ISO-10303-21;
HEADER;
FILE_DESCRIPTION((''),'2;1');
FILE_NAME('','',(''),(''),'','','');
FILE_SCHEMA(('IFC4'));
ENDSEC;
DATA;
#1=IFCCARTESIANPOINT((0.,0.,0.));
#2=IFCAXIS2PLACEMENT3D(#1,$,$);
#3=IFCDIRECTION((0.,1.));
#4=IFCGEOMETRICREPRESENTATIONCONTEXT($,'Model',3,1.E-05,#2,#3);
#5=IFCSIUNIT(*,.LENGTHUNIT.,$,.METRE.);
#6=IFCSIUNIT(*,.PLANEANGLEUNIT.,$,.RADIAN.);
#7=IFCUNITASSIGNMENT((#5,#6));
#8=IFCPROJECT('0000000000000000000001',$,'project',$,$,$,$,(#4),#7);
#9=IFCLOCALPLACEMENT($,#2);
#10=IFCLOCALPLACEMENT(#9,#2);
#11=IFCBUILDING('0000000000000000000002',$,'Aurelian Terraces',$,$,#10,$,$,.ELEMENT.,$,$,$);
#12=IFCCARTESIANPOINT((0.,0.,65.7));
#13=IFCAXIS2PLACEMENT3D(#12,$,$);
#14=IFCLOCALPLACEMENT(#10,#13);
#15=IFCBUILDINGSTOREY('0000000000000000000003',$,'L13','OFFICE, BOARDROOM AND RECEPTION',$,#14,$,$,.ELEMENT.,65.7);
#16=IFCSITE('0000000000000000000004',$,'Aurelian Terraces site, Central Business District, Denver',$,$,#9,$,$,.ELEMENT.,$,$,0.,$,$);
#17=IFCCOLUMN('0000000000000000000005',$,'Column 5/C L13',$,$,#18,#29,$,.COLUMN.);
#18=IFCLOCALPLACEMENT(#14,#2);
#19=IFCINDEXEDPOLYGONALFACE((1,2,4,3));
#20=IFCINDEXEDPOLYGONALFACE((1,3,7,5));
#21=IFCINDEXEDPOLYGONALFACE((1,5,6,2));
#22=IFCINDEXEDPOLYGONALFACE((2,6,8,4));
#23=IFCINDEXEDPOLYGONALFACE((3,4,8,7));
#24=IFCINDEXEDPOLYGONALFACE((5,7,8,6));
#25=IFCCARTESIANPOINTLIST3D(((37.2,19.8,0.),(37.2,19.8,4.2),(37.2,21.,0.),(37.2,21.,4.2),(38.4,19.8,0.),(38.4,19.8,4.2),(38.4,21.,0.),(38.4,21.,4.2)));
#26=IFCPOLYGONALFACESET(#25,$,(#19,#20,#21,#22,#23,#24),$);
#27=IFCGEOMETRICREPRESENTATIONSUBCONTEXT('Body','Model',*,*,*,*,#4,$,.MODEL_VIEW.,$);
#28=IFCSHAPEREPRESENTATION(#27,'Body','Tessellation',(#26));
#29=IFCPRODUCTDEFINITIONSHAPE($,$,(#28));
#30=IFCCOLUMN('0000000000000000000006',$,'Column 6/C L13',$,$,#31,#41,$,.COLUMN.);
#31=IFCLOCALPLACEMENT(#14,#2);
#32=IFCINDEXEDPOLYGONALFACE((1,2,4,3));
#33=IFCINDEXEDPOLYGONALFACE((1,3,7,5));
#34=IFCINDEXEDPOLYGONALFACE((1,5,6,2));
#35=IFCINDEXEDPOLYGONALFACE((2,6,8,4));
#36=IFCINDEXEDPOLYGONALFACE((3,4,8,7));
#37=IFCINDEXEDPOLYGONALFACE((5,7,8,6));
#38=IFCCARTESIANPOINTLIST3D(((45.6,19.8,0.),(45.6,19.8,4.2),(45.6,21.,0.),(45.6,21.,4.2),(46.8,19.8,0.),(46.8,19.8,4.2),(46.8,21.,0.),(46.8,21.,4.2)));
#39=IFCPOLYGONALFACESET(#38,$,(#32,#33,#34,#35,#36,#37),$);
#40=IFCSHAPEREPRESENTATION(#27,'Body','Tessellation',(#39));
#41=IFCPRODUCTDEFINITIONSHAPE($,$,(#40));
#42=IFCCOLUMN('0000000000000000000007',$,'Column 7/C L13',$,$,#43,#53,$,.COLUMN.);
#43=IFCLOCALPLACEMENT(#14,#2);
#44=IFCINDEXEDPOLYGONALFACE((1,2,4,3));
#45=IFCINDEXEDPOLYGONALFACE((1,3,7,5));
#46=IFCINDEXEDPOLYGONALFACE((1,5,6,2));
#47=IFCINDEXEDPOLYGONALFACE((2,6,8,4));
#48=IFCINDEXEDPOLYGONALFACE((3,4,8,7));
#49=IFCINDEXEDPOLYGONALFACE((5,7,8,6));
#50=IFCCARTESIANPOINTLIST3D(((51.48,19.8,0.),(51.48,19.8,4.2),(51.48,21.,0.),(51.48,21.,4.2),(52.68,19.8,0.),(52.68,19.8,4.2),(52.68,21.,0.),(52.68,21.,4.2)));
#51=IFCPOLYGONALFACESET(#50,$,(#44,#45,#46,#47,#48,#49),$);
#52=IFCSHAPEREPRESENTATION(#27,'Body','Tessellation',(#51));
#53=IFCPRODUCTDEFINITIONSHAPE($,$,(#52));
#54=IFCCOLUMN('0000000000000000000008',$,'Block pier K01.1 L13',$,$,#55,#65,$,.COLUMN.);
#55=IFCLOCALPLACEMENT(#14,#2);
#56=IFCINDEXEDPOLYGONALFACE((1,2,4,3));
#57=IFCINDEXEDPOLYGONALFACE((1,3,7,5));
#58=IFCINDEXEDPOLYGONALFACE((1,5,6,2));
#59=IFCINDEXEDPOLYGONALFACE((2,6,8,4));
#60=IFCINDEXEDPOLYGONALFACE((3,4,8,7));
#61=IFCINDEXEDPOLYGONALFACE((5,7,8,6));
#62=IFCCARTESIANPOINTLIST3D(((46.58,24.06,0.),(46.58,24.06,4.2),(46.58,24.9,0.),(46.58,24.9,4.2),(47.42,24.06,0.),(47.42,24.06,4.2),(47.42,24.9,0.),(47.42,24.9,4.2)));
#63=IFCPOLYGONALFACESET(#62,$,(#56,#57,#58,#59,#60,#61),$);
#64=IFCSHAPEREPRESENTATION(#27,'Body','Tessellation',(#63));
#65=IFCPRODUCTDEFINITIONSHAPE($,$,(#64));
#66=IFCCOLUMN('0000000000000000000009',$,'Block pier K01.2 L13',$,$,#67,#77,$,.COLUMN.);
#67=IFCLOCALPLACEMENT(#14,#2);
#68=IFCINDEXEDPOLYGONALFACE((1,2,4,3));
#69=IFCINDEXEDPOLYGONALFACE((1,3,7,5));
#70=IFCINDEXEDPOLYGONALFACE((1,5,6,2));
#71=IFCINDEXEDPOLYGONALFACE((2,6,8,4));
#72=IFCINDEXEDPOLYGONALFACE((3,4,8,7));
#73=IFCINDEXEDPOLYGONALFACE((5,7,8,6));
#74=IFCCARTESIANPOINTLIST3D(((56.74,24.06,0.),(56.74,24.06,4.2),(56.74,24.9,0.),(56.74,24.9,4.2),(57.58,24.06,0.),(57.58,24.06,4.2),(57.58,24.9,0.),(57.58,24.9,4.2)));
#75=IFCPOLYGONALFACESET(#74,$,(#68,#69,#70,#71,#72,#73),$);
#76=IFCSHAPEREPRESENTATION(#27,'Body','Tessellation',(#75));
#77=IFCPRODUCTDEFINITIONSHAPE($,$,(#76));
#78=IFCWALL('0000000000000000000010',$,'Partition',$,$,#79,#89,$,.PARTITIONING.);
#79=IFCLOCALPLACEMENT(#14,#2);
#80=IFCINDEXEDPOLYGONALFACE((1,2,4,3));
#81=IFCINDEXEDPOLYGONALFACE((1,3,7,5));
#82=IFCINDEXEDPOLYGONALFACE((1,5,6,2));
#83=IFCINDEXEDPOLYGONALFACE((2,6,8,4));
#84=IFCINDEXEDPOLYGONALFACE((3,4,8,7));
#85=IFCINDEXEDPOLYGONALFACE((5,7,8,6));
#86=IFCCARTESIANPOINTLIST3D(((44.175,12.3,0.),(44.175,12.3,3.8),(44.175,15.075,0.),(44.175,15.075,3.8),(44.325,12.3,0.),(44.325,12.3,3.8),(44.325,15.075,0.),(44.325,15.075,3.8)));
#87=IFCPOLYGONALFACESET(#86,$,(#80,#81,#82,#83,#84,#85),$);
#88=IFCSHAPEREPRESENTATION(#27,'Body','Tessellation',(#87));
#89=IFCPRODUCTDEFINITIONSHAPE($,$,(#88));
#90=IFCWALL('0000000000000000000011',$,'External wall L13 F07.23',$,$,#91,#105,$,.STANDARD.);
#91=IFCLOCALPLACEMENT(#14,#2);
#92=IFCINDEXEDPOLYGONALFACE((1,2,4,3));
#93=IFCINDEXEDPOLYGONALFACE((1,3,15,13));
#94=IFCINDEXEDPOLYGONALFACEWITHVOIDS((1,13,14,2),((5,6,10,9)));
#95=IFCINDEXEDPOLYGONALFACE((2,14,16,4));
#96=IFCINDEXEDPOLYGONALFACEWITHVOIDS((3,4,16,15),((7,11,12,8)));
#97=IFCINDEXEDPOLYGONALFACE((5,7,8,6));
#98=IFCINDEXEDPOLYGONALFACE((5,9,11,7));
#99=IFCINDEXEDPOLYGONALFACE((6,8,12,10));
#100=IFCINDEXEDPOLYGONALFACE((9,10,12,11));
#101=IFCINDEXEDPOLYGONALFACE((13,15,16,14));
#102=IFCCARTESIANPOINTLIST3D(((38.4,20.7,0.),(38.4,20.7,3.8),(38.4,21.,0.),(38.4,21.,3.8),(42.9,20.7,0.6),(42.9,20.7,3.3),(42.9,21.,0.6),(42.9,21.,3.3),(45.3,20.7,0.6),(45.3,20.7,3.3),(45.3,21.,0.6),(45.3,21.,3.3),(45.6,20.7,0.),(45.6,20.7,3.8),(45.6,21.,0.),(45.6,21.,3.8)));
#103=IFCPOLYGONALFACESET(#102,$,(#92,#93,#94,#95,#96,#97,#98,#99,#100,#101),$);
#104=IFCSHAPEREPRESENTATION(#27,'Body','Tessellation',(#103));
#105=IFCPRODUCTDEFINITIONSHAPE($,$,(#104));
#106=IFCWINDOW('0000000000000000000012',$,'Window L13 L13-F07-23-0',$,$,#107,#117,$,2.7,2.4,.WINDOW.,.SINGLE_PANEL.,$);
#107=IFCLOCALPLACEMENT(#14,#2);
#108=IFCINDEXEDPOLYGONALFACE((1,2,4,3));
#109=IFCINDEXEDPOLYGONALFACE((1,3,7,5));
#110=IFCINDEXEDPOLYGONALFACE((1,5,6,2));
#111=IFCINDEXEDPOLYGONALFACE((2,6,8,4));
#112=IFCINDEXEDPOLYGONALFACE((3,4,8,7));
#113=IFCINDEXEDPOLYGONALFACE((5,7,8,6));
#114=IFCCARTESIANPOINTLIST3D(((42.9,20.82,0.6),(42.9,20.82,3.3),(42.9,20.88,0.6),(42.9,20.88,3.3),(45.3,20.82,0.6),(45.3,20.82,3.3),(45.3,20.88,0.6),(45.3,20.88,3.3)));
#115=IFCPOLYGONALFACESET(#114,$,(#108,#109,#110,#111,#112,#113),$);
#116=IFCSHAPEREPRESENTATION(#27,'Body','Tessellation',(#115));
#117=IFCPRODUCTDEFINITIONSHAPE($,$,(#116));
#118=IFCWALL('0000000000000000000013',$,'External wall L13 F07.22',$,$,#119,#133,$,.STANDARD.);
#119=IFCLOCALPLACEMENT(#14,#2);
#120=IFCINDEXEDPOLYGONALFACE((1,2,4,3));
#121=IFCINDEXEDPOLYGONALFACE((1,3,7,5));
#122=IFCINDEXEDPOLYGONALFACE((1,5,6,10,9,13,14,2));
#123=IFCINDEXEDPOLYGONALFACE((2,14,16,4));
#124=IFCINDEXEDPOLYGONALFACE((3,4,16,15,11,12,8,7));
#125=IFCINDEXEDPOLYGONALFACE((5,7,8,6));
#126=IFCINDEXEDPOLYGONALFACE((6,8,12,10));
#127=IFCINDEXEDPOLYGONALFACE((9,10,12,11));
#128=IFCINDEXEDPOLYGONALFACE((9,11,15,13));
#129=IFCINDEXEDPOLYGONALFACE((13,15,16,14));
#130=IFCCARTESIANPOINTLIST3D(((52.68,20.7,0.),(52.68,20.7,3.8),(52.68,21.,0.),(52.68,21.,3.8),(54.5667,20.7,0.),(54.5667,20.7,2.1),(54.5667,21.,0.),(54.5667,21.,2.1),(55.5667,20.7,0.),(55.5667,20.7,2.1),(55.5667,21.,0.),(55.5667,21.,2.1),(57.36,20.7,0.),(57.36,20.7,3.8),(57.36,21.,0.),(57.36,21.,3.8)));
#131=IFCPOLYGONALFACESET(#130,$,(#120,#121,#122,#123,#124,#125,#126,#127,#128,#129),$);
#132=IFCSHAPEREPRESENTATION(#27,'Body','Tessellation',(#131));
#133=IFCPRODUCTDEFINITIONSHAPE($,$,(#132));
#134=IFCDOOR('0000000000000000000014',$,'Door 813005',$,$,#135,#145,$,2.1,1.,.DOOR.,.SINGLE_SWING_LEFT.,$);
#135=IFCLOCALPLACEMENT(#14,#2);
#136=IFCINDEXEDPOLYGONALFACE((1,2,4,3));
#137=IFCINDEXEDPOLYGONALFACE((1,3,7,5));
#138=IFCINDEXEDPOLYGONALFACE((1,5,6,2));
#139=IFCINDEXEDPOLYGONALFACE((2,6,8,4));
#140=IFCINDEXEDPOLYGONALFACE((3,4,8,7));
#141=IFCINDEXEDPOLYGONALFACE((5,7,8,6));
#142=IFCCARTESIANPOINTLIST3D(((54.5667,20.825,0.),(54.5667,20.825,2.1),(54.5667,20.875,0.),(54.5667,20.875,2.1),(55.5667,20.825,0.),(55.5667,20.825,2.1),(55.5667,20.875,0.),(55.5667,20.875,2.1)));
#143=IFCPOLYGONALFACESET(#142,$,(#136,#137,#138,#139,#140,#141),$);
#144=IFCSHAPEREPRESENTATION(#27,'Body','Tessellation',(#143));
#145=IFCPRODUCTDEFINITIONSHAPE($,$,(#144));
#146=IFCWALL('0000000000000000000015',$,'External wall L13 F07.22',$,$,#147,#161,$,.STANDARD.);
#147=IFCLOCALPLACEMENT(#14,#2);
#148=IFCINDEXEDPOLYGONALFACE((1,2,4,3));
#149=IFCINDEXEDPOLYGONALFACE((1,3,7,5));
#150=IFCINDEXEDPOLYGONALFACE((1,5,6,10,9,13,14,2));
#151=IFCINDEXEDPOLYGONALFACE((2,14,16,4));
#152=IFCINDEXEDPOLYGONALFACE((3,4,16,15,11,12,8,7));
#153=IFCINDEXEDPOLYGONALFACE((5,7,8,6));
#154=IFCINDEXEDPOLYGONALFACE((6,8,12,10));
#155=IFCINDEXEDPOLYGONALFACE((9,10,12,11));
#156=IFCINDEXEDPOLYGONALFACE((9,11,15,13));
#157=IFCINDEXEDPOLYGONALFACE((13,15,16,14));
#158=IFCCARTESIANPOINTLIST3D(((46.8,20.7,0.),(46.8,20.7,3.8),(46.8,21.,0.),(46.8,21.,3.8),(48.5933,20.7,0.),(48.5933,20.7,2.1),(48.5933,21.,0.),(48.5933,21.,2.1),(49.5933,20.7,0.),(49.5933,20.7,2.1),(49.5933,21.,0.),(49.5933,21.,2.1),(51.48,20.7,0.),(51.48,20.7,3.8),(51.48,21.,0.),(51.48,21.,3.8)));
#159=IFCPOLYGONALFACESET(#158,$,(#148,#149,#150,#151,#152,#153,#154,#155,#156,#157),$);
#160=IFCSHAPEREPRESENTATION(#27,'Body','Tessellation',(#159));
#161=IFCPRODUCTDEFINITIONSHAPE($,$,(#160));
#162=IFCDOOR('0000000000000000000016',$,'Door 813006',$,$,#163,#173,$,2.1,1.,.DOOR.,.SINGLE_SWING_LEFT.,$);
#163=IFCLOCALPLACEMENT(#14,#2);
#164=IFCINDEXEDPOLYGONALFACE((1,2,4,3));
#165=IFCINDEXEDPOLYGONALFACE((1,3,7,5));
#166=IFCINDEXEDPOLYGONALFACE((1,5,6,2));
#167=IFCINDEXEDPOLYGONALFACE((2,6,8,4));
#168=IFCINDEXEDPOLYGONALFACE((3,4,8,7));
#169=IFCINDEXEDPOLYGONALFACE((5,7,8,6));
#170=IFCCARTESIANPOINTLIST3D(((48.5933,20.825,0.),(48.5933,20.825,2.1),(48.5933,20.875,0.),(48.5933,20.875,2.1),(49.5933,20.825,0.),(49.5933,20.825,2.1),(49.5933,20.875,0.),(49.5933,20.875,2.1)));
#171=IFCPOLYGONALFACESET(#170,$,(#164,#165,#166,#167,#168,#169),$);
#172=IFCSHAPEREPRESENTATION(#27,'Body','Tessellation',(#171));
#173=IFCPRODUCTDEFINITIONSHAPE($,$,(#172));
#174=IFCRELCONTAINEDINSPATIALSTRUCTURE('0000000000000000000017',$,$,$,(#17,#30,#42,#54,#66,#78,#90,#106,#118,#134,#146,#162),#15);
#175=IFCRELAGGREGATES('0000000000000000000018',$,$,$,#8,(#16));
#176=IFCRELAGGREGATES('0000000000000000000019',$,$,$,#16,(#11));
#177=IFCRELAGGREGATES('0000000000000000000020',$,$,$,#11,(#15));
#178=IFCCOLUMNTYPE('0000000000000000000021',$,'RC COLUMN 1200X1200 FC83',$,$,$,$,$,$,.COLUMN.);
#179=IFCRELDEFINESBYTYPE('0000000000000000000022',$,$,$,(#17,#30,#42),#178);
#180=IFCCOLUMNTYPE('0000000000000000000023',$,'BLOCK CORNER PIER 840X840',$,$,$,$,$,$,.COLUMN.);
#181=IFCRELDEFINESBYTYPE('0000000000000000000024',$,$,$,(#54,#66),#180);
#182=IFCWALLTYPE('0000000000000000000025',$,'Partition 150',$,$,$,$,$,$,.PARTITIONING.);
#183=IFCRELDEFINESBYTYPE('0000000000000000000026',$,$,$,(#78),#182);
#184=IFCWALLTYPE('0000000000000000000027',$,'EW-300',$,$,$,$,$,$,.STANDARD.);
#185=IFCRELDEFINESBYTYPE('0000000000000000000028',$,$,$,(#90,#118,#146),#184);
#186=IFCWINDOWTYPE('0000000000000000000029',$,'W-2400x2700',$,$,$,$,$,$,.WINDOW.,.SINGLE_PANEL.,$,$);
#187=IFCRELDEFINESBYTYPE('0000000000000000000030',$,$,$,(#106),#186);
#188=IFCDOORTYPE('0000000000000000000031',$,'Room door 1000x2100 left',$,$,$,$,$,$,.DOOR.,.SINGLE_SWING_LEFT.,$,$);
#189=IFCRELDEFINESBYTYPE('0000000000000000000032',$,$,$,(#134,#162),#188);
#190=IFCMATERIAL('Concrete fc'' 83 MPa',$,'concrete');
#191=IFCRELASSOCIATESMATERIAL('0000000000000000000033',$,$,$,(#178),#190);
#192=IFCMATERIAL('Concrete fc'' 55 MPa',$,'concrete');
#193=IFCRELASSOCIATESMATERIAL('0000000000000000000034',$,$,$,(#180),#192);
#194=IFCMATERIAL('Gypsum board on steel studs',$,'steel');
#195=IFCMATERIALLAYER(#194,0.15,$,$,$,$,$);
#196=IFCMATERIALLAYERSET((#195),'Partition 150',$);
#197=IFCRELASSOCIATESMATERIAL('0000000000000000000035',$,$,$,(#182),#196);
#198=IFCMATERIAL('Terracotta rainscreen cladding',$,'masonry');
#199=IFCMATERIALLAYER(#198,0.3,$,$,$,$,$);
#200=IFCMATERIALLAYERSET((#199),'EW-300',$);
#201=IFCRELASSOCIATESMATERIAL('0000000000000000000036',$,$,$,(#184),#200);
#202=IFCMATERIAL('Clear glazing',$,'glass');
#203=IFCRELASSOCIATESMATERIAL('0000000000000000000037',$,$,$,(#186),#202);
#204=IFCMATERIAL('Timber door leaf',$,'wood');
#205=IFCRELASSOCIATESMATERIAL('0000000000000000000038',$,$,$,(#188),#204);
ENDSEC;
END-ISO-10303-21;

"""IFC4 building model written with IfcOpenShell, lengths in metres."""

from ifc_helpers import new_model, si_unit, direction, frame, frame_2d, origin, origin_2d, place, context, subcontext, project, spatial, rectangle, extrude, source, transform, mapped, material, layer, layer_set, material_profile, profile_set, type_object, element, fill, save


model = new_model("IFC4")

# Units and contexts
model_context = context("Model", 3, precision=1e-05, world=origin(), true_north=direction((0.0, 1.0)))
body_context = subcontext(model_context, "Body", "Model", "MODEL_VIEW")
ifc_project = project(units=[si_unit("LENGTHUNIT", "METRE"), si_unit("PLANEANGLEUNIT", "RADIAN")], contexts=[model_context])

# Site, building, storey
site_placement = place(None, origin())
site = spatial("IfcSite", under=ifc_project, at=site_placement, Name="Aurelian Terraces site, Central Business District, Denver", CompositionType="ELEMENT", RefElevation=0.0)
building_placement = place(site_placement, origin())
building = spatial("IfcBuilding", under=site, at=building_placement, Name="Aurelian Terraces", CompositionType="ELEMENT")
storey_placement = place(building_placement, frame((0.0, 0.0, 65.7)))
storey = spatial("IfcBuildingStorey", under=building, at=storey_placement, Name="L13", Description="OFFICE, BOARDROOM AND RECEPTION", CompositionType="ELEMENT", Elevation=65.7)

# Columns
ifc_material_1 = material(Name="Concrete fc' 83 MPa", Category="concrete")
ifc_material_profile_1 = material_profile(ifc_material_1, rectangle(XDim=1.2, YDim=1.2, at=origin_2d()))
ifc_profile_set_1 = profile_set([ifc_material_profile_1], Name="Concrete fc' 83 MPa")
column_type_1 = type_object("IfcColumnType", Name="RC COLUMN 1200X1200 FC83", PredefinedType="COLUMN", material=ifc_profile_set_1)
shared_shape_1 = source(origin(), body_context, "Body", "SweptSolid", [
    extrude(rectangle(XDim=1.2, YDim=1.2, at=origin_2d()), origin(), (0.0, 0.0, 1.0), 4.2),
])
for number, where, z_axis, x_axis, name in (
    (1, (37.8, 20.4, 0.0), (0.0, 0.0, 1.0), (1.0, 0.0, 0.0), "Column 5/C L13"),
    (2, (46.2, 20.4, 0.0), (0.0, 0.0, 1.0), (1.0, 0.0, 0.0), "Column 6/C L13"),
    (3, (52.08, 20.4, 0.0), (0.0, 0.0, 1.0), (1.0, 0.0, 0.0), "Column 7/C L13"),
):
    element("IfcColumn", number, at=place(storey_placement, frame(where, z_axis=z_axis, x_axis=x_axis)), inside=storey, type_object=column_type_1, Name=name, PredefinedType="COLUMN", context=body_context, shape_type="MappedRepresentation", body=[
        mapped(shared_shape_1, transform((0.0, 0.0, 0.0), scale=1.0)),
    ])
ifc_material_2 = material(Name="Concrete fc' 55 MPa", Category="concrete")
ifc_material_profile_2 = material_profile(ifc_material_2, rectangle(XDim=0.84, YDim=0.84, at=origin_2d()))
ifc_profile_set_2 = profile_set([ifc_material_profile_2], Name="Concrete fc' 55 MPa")
column_type_2 = type_object("IfcColumnType", Name="BLOCK CORNER PIER 840X840", PredefinedType="COLUMN", material=ifc_profile_set_2)
shared_shape_2 = source(origin(), body_context, "Body", "SweptSolid", [
    extrude(rectangle(XDim=0.84, YDim=0.84, at=origin_2d()), origin(), (0.0, 0.0, 1.0), 4.2),
])
for number, where, z_axis, x_axis, name in (
    (4, (47.0, 24.48, 0.0), (0.0, 0.0, 1.0), (1.0, 0.0, 0.0), "Block pier K01.1 L13"),
    (5, (57.16, 24.48, 0.0), (0.0, 0.0, 1.0), (1.0, 0.0, 0.0), "Block pier K01.2 L13"),
):
    element("IfcColumn", number, at=place(storey_placement, frame(where, z_axis=z_axis, x_axis=x_axis)), inside=storey, type_object=column_type_2, Name=name, PredefinedType="COLUMN", context=body_context, shape_type="MappedRepresentation", body=[
        mapped(shared_shape_2, transform((0.0, 0.0, 0.0), scale=1.0)),
    ])

# Wall
ifc_material_3 = material(Name="Gypsum board on steel studs", Category="steel")
ifc_layer_1 = layer(ifc_material_3, 0.15)
ifc_layer_set_1 = layer_set([ifc_layer_1], Name="Partition 150")
wall_type_1 = type_object("IfcWallType", Name="Partition 150", PredefinedType="PARTITIONING", material=ifc_layer_set_1)
wall_1_placement = place(storey_placement, frame((44.25, 12.3, 0.0), z_axis=(0.0, 0.0, 1.0), x_axis=(0.0, 1.0, 0.0)))
element("IfcWall", 6, at=wall_1_placement, inside=storey, type_object=wall_type_1, Name="Partition", PredefinedType="PARTITIONING", context=body_context, shape_type="SweptSolid", body=[
    extrude(rectangle(XDim=2.775, YDim=0.15, at=frame_2d((1.3875, 0.0))), origin(), (0.0, 0.0, 1.0), 3.8),
])

# Wall, opening, window
ifc_material_4 = material(Name="Terracotta rainscreen cladding", Category="masonry")
ifc_layer_2 = layer(ifc_material_4, 0.3)
ifc_layer_set_2 = layer_set([ifc_layer_2], Name="EW-300")
wall_type_2 = type_object("IfcWallType", Name="EW-300", PredefinedType="STANDARD", material=ifc_layer_set_2)
shared_shape_3 = source(origin(), body_context, "Body", "SweptSolid", [
    extrude(rectangle(XDim=7.2, YDim=0.3, at=frame_2d((3.6, 0.0))), origin(), (0.0, 0.0, 1.0), 3.8),
])
wall_2_placement = place(storey_placement, frame((45.6, 20.85, 0.0), z_axis=(0.0, 0.0, 1.0), x_axis=(-1.0, 0.0, 0.0)))
wall_2 = element("IfcWall", 7, at=wall_2_placement, inside=storey, type_object=wall_type_2, Name="External wall L13 F07.23", PredefinedType="STANDARD", context=body_context, shape_type="MappedRepresentation", body=[
    mapped(shared_shape_3, transform((0.0, 0.0, 0.0), scale=1.0)),
])
shared_shape_4 = source(origin(), body_context, "Body", "SweptSolid", [
    extrude(rectangle(XDim=2.4, YDim=2.7, at=frame_2d((1.2, 1.35))), frame((0.0, 0.16, 0.0), z_axis=(0.0, -1.0, 0.0), x_axis=(1.0, 0.0, 0.0)), (0.0, 0.0, 1.0), 0.32),
])
opening_1_placement = place(wall_2_placement, frame((0.3, 0.0, 0.6)))
opening_1 = element("IfcOpeningElement", 8, at=opening_1_placement, cuts=wall_2, PredefinedType="OPENING", context=body_context, shape_type="MappedRepresentation", body=[
    mapped(shared_shape_4, transform((0.0, 0.0, 0.0), scale=1.0)),
])
ifc_material_5 = material(Name="Clear glazing", Category="glass")
window_type = type_object("IfcWindowType", Name="W-2400x2700", PartitioningType="SINGLE_PANEL", PredefinedType="WINDOW", material=ifc_material_5)
shared_shape_5 = source(origin(), body_context, "Body", "SweptSolid", [
    extrude(rectangle(XDim=2.4, YDim=2.7, at=frame_2d((1.2, 1.35))), frame((0.0, 0.03, 0.0), z_axis=(0.0, -1.0, 0.0), x_axis=(1.0, 0.0, 0.0)), (0.0, 0.0, 1.0), 0.06),
])
window_1_placement = place(opening_1_placement, origin())
window_1 = element("IfcWindow", 9, at=window_1_placement, inside=storey, type_object=window_type, Name="Window L13 L13-F07-23-0", OverallHeight=2.7, OverallWidth=2.4, PartitioningType="SINGLE_PANEL", PredefinedType="WINDOW", context=body_context, shape_type="MappedRepresentation", body=[
    mapped(shared_shape_5, transform((0.0, 0.0, 0.0), scale=1.0)),
])
fill(opening_1, window_1)

# Walls, openings, doors
shared_shape_6 = source(origin(), body_context, "Body", "SweptSolid", [
    extrude(rectangle(XDim=4.68, YDim=0.3, at=frame_2d((2.34, 0.0))), origin(), (0.0, 0.0, 1.0), 3.8),
])
wall_3_placement = place(storey_placement, frame((57.36, 20.85, 0.0), z_axis=(0.0, 0.0, 1.0), x_axis=(-1.0, 0.0, 0.0)))
wall_3 = element("IfcWall", 10, at=wall_3_placement, inside=storey, type_object=wall_type_2, Name="External wall L13 F07.22", PredefinedType="STANDARD", context=body_context, shape_type="MappedRepresentation", body=[
    mapped(shared_shape_6, transform((0.0, 0.0, 0.0), scale=1.0)),
])
shared_shape_7 = source(origin(), body_context, "Body", "SweptSolid", [
    extrude(rectangle(XDim=1.0, YDim=2.1, at=frame_2d((0.5, 1.05))), frame((0.0, 0.16, 0.0), z_axis=(0.0, -1.0, 0.0), x_axis=(1.0, 0.0, 0.0)), (0.0, 0.0, 1.0), 0.32),
])
opening_2_placement = place(wall_3_placement, frame((1.7933, 0.0, 0.0)))
opening_2 = element("IfcOpeningElement", 11, at=opening_2_placement, cuts=wall_3, PredefinedType="OPENING", context=body_context, shape_type="MappedRepresentation", body=[
    mapped(shared_shape_7, transform((0.0, 0.0, 0.0), scale=1.0)),
])
ifc_material_6 = material(Name="Timber door leaf", Category="wood")
door_type_1 = type_object("IfcDoorType", Name="Room door 1000x2100 left", OperationType="SINGLE_SWING_LEFT", PredefinedType="DOOR", material=ifc_material_6)
shared_shape_8 = source(origin(), body_context, "Body", "SweptSolid", [
    extrude(rectangle(XDim=1.0, YDim=2.1, at=frame_2d((0.5, 1.05))), frame((0.0, 0.025, 0.0), z_axis=(0.0, -1.0, 0.0), x_axis=(1.0, 0.0, 0.0)), (0.0, 0.0, 1.0), 0.05),
])
door_1_placement = place(opening_2_placement, origin())
door_1 = element("IfcDoor", 12, at=door_1_placement, inside=storey, type_object=door_type_1, Name="Door 813005", OperationType="SINGLE_SWING_LEFT", OverallHeight=2.1, OverallWidth=1.0, PredefinedType="DOOR", context=body_context, shape_type="MappedRepresentation", body=[
    mapped(shared_shape_8, transform((0.0, 0.0, 0.0), scale=1.0)),
])
fill(opening_2, door_1)
wall_4_placement = place(storey_placement, frame((51.48, 20.85, 0.0), z_axis=(0.0, 0.0, 1.0), x_axis=(-1.0, 0.0, 0.0)))
wall_4 = element("IfcWall", 13, at=wall_4_placement, inside=storey, type_object=wall_type_2, Name="External wall L13 F07.22", PredefinedType="STANDARD", context=body_context, shape_type="MappedRepresentation", body=[
    mapped(shared_shape_6, transform((0.0, 0.0, 0.0), scale=1.0)),
])
opening_3_placement = place(wall_4_placement, frame((1.8867, 0.0, 0.0)))
opening_3 = element("IfcOpeningElement", 14, at=opening_3_placement, cuts=wall_4, PredefinedType="OPENING", context=body_context, shape_type="MappedRepresentation", body=[
    mapped(shared_shape_7, transform((0.0, 0.0, 0.0), scale=1.0)),
])
door_2_placement = place(opening_3_placement, origin())
door_2 = element("IfcDoor", 15, at=door_2_placement, inside=storey, type_object=door_type_1, Name="Door 813006", OperationType="SINGLE_SWING_LEFT", OverallHeight=2.1, OverallWidth=1.0, PredefinedType="DOOR", context=body_context, shape_type="MappedRepresentation", body=[
    mapped(shared_shape_8, transform((0.0, 0.0, 0.0), scale=1.0)),
])
fill(opening_3, door_2)

save(model, "model.ifc")
